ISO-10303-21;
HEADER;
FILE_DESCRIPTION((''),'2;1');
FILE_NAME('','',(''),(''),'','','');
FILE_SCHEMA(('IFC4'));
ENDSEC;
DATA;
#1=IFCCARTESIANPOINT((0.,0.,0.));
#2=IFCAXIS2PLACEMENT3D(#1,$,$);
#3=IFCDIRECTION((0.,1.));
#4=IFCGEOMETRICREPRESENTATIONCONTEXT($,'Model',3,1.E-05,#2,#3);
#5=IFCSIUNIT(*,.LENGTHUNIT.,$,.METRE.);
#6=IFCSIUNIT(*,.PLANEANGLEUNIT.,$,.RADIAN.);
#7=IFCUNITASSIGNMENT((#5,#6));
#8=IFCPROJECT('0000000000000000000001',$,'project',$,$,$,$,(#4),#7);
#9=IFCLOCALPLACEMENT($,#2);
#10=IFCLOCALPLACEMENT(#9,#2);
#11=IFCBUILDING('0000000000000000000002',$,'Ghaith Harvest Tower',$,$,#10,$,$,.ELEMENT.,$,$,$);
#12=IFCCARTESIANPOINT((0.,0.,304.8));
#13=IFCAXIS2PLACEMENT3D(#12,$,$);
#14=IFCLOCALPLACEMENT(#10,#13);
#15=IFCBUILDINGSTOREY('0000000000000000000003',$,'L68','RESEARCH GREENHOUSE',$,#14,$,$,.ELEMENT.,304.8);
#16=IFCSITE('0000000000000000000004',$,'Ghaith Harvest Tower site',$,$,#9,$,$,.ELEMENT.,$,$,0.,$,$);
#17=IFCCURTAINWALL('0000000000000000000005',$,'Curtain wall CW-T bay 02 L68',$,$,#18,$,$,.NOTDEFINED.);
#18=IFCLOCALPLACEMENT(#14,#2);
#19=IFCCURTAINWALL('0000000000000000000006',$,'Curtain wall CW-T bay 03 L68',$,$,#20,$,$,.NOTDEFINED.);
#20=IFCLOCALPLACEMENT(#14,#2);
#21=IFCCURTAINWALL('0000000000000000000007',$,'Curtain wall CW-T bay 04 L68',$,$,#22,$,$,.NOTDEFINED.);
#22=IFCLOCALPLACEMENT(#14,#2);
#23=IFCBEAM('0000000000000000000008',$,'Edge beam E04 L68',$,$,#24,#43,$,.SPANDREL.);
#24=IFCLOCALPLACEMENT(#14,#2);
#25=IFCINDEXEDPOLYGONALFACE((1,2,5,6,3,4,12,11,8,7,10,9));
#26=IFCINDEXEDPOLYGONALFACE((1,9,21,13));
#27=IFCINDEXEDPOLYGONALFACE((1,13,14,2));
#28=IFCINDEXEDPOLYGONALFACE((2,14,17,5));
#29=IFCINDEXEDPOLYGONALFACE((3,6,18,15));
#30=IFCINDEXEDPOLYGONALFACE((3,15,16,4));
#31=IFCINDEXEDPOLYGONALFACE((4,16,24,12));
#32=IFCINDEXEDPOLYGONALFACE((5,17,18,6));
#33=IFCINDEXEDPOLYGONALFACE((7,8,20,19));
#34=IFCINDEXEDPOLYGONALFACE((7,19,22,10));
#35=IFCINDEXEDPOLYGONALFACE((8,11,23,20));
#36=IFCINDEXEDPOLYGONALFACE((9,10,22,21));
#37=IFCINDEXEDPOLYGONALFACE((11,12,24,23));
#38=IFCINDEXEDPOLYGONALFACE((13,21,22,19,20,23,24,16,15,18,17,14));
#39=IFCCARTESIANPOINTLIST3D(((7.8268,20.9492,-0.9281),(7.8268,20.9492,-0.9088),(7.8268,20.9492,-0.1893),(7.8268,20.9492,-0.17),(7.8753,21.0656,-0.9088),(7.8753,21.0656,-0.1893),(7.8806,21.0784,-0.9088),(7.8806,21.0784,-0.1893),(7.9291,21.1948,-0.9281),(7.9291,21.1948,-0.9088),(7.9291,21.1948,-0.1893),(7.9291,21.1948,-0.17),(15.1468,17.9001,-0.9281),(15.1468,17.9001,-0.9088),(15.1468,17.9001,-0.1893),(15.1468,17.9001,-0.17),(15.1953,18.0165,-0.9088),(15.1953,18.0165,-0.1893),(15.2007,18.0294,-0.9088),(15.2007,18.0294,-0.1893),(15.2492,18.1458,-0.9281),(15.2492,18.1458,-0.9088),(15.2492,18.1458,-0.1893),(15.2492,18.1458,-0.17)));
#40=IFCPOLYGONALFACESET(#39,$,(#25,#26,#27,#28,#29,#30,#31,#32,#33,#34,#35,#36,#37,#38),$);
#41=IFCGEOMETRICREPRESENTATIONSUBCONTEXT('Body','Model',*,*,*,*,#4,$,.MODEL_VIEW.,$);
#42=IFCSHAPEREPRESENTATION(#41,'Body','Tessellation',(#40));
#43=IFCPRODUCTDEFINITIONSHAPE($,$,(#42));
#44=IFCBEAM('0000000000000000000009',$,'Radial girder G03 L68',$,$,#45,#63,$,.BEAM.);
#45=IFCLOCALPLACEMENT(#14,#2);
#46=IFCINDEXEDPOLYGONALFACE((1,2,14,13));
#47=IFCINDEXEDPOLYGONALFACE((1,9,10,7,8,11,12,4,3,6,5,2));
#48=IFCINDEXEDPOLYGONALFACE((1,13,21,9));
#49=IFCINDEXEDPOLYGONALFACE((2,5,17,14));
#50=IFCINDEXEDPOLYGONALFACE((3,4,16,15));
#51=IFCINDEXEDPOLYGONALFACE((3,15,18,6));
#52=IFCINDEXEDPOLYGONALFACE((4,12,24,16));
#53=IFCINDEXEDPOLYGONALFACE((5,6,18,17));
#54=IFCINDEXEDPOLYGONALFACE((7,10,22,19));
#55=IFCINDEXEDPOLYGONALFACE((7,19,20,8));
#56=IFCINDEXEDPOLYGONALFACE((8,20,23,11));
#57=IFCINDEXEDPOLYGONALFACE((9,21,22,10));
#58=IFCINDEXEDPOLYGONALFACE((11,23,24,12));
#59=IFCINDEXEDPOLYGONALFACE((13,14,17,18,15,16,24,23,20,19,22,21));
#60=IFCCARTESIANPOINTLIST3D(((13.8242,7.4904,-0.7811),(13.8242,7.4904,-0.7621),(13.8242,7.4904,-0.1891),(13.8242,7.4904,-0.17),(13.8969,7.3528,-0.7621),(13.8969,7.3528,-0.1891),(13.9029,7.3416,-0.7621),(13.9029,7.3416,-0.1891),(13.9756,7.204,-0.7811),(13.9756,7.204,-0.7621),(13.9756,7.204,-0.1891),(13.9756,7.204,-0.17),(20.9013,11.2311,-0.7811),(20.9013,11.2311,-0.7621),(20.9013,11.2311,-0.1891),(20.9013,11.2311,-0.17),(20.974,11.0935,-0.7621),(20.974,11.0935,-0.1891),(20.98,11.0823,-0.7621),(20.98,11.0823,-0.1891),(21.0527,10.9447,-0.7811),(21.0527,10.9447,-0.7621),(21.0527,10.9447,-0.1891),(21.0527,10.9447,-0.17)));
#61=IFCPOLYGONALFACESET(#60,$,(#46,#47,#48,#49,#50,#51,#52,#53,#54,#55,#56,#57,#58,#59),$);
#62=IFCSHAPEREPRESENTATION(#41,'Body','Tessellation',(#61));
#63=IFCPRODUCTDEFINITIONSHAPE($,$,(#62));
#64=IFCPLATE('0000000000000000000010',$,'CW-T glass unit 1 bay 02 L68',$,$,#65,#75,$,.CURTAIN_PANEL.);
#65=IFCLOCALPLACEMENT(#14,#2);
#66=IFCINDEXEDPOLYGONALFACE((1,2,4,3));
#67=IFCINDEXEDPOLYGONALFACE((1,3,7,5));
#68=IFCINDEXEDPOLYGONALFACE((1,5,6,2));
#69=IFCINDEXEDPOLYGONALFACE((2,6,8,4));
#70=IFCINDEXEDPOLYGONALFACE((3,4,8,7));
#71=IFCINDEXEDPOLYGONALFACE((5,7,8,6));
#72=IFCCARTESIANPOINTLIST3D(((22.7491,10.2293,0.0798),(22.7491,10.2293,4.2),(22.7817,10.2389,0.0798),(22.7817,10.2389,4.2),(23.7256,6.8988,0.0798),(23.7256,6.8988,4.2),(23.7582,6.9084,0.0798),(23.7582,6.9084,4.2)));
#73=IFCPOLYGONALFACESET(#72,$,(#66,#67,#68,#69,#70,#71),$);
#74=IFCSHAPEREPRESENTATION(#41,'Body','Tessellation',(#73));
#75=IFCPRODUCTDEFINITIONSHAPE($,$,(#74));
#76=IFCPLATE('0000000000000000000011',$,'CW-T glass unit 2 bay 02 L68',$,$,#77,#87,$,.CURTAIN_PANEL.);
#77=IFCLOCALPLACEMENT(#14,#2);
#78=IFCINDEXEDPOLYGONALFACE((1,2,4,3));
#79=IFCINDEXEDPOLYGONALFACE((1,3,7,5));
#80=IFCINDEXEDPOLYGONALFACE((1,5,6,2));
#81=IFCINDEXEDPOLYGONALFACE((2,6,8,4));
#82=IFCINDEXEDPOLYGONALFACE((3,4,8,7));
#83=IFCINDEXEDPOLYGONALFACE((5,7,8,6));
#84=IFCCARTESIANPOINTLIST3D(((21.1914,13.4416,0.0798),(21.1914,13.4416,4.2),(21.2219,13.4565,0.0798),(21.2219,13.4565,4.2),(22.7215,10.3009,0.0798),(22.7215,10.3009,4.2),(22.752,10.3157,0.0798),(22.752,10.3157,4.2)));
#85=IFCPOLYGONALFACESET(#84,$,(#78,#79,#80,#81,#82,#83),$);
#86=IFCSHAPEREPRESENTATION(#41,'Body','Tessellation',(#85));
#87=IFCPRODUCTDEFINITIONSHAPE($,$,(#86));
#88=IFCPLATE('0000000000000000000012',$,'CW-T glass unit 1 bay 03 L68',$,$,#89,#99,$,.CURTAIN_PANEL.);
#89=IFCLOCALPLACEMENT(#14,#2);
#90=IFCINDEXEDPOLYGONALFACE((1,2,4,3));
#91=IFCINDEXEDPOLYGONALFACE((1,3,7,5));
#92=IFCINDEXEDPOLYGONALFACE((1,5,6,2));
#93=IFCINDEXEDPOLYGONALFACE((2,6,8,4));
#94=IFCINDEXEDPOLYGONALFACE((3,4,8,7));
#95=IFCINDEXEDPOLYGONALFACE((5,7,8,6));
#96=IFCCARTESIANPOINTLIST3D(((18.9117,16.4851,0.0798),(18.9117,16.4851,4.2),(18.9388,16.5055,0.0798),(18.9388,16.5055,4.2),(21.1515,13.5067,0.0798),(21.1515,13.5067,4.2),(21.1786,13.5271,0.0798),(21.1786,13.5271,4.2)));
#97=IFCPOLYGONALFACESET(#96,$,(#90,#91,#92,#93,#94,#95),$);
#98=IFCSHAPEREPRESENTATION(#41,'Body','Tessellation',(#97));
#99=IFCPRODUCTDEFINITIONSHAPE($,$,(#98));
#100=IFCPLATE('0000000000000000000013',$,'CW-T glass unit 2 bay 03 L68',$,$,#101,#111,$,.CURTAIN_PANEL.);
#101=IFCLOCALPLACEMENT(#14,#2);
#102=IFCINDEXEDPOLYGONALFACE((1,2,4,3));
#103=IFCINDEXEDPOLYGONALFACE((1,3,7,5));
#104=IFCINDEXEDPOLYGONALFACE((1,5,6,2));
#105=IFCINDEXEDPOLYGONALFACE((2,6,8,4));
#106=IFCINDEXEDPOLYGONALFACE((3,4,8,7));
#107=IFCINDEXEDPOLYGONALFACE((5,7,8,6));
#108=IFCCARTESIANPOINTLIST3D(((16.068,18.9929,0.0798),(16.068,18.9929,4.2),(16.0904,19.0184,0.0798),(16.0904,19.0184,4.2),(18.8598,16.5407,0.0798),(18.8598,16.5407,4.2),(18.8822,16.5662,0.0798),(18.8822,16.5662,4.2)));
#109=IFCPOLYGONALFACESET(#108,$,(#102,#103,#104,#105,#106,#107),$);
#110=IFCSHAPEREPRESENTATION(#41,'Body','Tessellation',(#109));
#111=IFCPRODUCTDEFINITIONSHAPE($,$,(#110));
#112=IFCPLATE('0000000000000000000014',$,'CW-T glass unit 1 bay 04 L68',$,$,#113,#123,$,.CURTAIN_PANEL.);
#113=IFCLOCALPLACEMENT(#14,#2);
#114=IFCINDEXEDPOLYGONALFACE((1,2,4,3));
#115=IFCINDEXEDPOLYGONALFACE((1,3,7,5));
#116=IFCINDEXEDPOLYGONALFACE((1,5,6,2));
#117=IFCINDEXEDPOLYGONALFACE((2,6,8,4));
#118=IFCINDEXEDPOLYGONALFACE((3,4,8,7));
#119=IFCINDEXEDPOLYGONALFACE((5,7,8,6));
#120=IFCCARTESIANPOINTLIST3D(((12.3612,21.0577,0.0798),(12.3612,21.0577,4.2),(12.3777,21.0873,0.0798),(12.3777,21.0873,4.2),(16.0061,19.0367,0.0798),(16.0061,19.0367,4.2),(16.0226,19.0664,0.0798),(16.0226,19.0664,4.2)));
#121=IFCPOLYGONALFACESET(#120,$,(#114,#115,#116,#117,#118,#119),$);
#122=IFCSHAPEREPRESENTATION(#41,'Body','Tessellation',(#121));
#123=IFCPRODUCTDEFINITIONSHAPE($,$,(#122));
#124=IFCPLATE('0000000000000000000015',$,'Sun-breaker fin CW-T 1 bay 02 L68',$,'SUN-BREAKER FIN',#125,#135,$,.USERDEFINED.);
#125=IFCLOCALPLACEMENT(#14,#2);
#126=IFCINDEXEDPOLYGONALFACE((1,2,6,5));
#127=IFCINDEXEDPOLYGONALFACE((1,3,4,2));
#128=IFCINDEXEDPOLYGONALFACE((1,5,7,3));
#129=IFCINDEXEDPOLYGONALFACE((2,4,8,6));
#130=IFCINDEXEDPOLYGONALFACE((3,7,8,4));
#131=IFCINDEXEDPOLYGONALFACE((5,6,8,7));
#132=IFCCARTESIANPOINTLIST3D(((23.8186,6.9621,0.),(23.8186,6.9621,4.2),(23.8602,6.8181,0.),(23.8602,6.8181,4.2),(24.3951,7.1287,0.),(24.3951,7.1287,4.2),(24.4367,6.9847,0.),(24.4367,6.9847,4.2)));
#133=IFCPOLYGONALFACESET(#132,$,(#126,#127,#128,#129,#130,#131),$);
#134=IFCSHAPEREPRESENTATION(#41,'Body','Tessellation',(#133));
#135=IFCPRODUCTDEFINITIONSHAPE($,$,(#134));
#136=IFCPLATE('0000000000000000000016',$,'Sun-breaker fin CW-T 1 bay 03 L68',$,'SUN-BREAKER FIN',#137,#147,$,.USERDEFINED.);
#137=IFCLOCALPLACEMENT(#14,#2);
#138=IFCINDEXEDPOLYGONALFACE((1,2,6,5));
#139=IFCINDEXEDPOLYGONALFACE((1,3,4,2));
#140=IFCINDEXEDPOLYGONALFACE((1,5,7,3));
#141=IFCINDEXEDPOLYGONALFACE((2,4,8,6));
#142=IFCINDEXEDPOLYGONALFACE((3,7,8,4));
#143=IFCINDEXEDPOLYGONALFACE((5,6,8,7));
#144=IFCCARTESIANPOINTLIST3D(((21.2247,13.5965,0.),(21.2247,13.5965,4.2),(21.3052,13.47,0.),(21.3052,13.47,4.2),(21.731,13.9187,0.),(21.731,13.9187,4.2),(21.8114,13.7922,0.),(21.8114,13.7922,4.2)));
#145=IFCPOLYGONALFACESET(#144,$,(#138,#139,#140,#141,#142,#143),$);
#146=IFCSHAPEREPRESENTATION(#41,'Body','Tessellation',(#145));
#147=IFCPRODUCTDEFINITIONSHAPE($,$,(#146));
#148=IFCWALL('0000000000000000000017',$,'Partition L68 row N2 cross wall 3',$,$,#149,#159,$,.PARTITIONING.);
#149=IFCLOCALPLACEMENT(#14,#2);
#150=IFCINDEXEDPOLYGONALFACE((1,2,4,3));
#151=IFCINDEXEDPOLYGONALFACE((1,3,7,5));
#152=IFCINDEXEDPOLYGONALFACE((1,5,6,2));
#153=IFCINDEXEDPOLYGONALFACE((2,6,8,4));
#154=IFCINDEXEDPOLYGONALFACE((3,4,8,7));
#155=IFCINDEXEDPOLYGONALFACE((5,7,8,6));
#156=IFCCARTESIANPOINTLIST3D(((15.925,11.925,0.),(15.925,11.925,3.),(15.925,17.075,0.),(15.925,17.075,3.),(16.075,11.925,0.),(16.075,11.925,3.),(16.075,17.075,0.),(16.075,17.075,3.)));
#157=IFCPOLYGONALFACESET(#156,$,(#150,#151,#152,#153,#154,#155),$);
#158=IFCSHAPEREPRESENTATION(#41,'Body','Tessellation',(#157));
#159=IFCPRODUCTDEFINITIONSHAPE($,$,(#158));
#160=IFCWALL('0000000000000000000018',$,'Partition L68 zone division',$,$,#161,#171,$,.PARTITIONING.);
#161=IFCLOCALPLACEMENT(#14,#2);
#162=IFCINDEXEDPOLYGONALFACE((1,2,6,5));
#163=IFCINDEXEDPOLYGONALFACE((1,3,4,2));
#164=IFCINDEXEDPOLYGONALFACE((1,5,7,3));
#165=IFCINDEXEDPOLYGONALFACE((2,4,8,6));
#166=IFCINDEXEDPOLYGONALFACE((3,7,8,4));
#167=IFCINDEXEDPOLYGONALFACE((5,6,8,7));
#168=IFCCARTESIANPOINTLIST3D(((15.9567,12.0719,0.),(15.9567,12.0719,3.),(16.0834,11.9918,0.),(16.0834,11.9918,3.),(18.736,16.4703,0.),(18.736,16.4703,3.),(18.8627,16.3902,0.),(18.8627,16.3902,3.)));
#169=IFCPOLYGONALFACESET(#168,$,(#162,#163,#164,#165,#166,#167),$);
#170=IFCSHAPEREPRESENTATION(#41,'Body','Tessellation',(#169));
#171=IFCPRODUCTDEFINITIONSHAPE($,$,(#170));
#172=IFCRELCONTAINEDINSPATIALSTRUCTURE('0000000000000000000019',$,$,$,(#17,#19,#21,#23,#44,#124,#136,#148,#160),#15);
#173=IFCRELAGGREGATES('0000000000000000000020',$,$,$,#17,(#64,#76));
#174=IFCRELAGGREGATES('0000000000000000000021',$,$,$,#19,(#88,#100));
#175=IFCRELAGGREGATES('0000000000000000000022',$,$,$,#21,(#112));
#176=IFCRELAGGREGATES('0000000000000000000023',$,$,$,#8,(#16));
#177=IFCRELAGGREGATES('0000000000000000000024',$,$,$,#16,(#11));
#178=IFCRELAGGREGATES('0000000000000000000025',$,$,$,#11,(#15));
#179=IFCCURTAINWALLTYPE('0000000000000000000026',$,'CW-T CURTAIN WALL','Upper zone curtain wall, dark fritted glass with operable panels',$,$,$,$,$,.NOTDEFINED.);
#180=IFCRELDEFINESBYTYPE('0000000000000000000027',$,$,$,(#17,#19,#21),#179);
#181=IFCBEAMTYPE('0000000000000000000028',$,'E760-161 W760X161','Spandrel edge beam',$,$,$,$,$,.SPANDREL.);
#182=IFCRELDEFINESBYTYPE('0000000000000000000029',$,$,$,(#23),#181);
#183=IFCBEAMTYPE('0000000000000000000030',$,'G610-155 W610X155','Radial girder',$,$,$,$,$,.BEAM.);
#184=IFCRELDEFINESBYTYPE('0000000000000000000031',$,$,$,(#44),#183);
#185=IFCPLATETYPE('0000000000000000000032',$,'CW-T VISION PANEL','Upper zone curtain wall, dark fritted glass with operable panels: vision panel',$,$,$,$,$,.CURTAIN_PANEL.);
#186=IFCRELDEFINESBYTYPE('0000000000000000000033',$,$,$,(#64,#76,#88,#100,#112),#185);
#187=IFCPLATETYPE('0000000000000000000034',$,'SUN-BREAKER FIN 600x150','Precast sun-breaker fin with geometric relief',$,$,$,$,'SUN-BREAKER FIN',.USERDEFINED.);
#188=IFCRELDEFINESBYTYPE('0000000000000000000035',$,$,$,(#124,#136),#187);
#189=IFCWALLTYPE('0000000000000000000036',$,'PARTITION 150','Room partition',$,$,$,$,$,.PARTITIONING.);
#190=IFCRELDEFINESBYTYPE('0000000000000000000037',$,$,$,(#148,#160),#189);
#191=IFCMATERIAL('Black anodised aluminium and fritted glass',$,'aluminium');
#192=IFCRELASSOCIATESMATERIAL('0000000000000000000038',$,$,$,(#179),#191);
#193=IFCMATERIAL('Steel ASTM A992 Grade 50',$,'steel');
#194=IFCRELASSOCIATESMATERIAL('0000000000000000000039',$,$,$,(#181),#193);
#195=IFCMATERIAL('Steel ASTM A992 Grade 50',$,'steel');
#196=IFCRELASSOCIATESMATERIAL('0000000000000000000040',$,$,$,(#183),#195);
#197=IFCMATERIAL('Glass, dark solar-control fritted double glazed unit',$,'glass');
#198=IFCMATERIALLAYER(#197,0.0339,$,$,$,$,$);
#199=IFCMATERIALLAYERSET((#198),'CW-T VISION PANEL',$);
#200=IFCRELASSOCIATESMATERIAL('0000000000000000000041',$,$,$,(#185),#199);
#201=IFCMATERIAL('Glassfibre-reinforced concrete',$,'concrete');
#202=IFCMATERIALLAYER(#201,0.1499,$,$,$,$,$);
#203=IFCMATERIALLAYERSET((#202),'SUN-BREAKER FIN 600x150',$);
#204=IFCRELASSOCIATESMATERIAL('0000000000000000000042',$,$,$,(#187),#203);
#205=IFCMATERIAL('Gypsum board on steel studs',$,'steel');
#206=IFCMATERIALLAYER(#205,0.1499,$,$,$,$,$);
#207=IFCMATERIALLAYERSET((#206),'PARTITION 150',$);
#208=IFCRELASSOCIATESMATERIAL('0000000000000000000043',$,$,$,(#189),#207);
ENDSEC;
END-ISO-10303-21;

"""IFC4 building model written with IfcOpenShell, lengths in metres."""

from ifc_helpers import new_model, si_unit, direction, frame, frame_2d, origin, origin_2d, place, context, subcontext, project, spatial, rectangle, i_section, extrude, material, layer, layer_set, material_profile, profile_set, type_object, element, aggregate, save


model = new_model("IFC4")

# Units and contexts
model_context = context("Model", 3, precision=1e-05, world=origin(), true_north=direction((0.0, 1.0)))
body_context = subcontext(model_context, "Body", "Model", "MODEL_VIEW")
ifc_project = project(units=[si_unit("LENGTHUNIT", "METRE"), si_unit("PLANEANGLEUNIT", "RADIAN")], contexts=[model_context])

# Site, building, storey
site_placement = place(None, origin())
site = spatial("IfcSite", under=ifc_project, at=site_placement, Name="Ghaith Harvest Tower site", CompositionType="ELEMENT", RefElevation=0.0)
building_placement = place(site_placement, origin())
building = spatial("IfcBuilding", under=site, at=building_placement, Name="Ghaith Harvest Tower", CompositionType="ELEMENT")
storey_placement = place(building_placement, frame((0.0, 0.0, 304.8)))
storey = spatial("IfcBuildingStorey", under=building, at=storey_placement, Name="L68", Description="RESEARCH GREENHOUSE", CompositionType="ELEMENT", Elevation=304.8)

# Curtain walls
ifc_material_1 = material(Name="Black anodised aluminium and fritted glass", Category="aluminium")
curtain_wall_type = type_object("IfcCurtainWallType", Name="CW-T CURTAIN WALL", Description="Upper zone curtain wall, dark fritted glass with operable panels", PredefinedType="NOTDEFINED", material=ifc_material_1)
curtain_wall_1_placement = place(storey_placement, origin())
curtain_wall_1 = element("IfcCurtainWall", 1, at=curtain_wall_1_placement, inside=storey, type_object=curtain_wall_type, Name="Curtain wall CW-T bay 02 L68", PredefinedType="NOTDEFINED")
curtain_wall_2_placement = place(storey_placement, origin())
curtain_wall_2 = element("IfcCurtainWall", 2, at=curtain_wall_2_placement, inside=storey, type_object=curtain_wall_type, Name="Curtain wall CW-T bay 03 L68", PredefinedType="NOTDEFINED")

# Curtain wall
curtain_wall_3_placement = place(storey_placement, origin())
curtain_wall_3 = element("IfcCurtainWall", 3, at=curtain_wall_3_placement, inside=storey, type_object=curtain_wall_type, Name="Curtain wall CW-T bay 04 L68", PredefinedType="NOTDEFINED")

# Beams
ifc_material_2 = material(Name="Steel ASTM A992 Grade 50", Category="steel")
ifc_material_profile_1 = material_profile(ifc_material_2, i_section(OverallWidth=0.2661, OverallDepth=0.7581, WebThickness=0.0139, FlangeThickness=0.0193, at=origin_2d()), Name="W760X161")
ifc_profile_set_1 = profile_set([ifc_material_profile_1], Name="Steel ASTM A992 Grade 50")
beam_type_1 = type_object("IfcBeamType", Name="E760-161 W760X161", Description="Spandrel edge beam", PredefinedType="SPANDREL", material=ifc_profile_set_1)
beam_1_placement = place(storey_placement, frame((15.198, 18.0229, -0.5491), z_axis=(-0.92312, 0.384513, 0.0), x_axis=(-0.384513, -0.92312, 0.0)))
element("IfcBeam", 4, at=beam_1_placement, inside=storey, type_object=beam_type_1, Name="Edge beam E04 L68", PredefinedType="SPANDREL", context=body_context, shape_type="SweptSolid", body=[
    extrude(i_section(OverallWidth=0.2661, OverallDepth=0.7581, WebThickness=0.0139, FlangeThickness=0.0193, at=origin_2d()), origin(), (0.0, 0.0, 1.0), 7.9297),
])
ifc_material_3 = material(Name="Steel ASTM A992 Grade 50", Category="steel")
ifc_material_profile_2 = material_profile(ifc_material_3, i_section(OverallWidth=0.324, OverallDepth=0.6111, WebThickness=0.0127, FlangeThickness=0.019, at=origin_2d()), Name="W610X155")
ifc_profile_set_2 = profile_set([ifc_material_profile_2], Name="Steel ASTM A992 Grade 50")
beam_type_2 = type_object("IfcBeamType", Name="G610-155 W610X155", Description="Radial girder", PredefinedType="BEAM", material=ifc_profile_set_2)
beam_2_placement = place(storey_placement, frame((13.8999, 7.3472, -0.4756), z_axis=(0.884098, 0.467302, 0.0), x_axis=(-0.467302, 0.884098, 0.0)))
element("IfcBeam", 5, at=beam_2_placement, inside=storey, type_object=beam_type_2, Name="Radial girder G03 L68", PredefinedType="BEAM", context=body_context, shape_type="SweptSolid", body=[
    extrude(i_section(OverallWidth=0.324, OverallDepth=0.6111, WebThickness=0.0127, FlangeThickness=0.019, at=origin_2d()), origin(), (0.0, 0.0, 1.0), 8.0049),
])

# Plates
ifc_material_4 = material(Name="Glass, dark solar-control fritted double glazed unit", Category="glass")
ifc_layer_1 = layer(ifc_material_4, 0.0339)
ifc_layer_set_1 = layer_set([ifc_layer_1], Name="CW-T VISION PANEL")
plate_type_1 = type_object("IfcPlateType", Name="CW-T VISION PANEL", Description="Upper zone curtain wall, dark fritted glass with operable panels: vision panel", PredefinedType="CURTAIN_PANEL", material=ifc_layer_set_1)
plate_1_placement = place(storey_placement, frame((23.2537, 8.5688, 0.0798), z_axis=(0.0, 0.0, 1.0), x_axis=(-0.281345, 0.959607, 0.0)))
plate_1 = element("IfcPlate", 6, at=plate_1_placement, type_object=plate_type_1, Name="CW-T glass unit 1 bay 02 L68", PredefinedType="CURTAIN_PANEL", context=body_context, shape_type="SweptSolid", body=[
    extrude(rectangle(XDim=3.4707, YDim=0.0339, at=origin_2d()), origin(), (0.0, 0.0, 1.0), 4.1201),
])
plate_2_placement = place(storey_placement, frame((21.9717, 11.8787, 0.0798), z_axis=(0.0, 0.0, 1.0), x_axis=(-0.437968, 0.89899, 0.0)))
plate_2 = element("IfcPlate", 7, at=plate_2_placement, type_object=plate_type_1, Name="CW-T glass unit 2 bay 02 L68", PredefinedType="CURTAIN_PANEL", context=body_context, shape_type="SweptSolid", body=[
    extrude(rectangle(XDim=3.4937, YDim=0.0339, at=origin_2d()), origin(), (0.0, 0.0, 1.0), 4.1201),
])
aggregate(curtain_wall_1, [plate_1, plate_2])
plate_3_placement = place(storey_placement, frame((20.0452, 15.0061, 0.0798), z_axis=(0.0, 0.0, 1.0), x_axis=(-0.601048, 0.799213, 0.0)))
plate_3 = element("IfcPlate", 8, at=plate_3_placement, type_object=plate_type_1, Name="CW-T glass unit 1 bay 03 L68", PredefinedType="CURTAIN_PANEL", context=body_context, shape_type="SweptSolid", body=[
    extrude(rectangle(XDim=3.7266, YDim=0.0339, at=origin_2d()), origin(), (0.0, 0.0, 1.0), 4.1201),
])
plate_4_placement = place(storey_placement, frame((17.4751, 17.7795, 0.0798), z_axis=(0.0, 0.0, 1.0), x_axis=(-0.751335, 0.659922, 0.0)))
plate_4 = element("IfcPlate", 9, at=plate_4_placement, type_object=plate_type_1, Name="CW-T glass unit 2 bay 03 L68", PredefinedType="CURTAIN_PANEL", context=body_context, shape_type="SweptSolid", body=[
    extrude(rectangle(XDim=3.7158, YDim=0.0339, at=origin_2d()), origin(), (0.0, 0.0, 1.0), 4.1201),
])
aggregate(curtain_wall_2, [plate_3, plate_4])
plate_5_placement = place(storey_placement, frame((14.1919, 20.062, 0.0798), z_axis=(0.0, 0.0, 1.0), x_axis=(-0.874564, 0.48491, 0.0)))
plate_5 = element("IfcPlate", 10, at=plate_5_placement, type_object=plate_type_1, Name="CW-T glass unit 1 bay 04 L68", PredefinedType="CURTAIN_PANEL", context=body_context, shape_type="SweptSolid", body=[
    extrude(rectangle(XDim=4.1677, YDim=0.0339, at=origin_2d()), origin(), (0.0, 0.0, 1.0), 4.1201),
])
aggregate(curtain_wall_3, [plate_5])

# Plates
ifc_material_5 = material(Name="Glassfibre-reinforced concrete", Category="concrete")
ifc_layer_2 = layer(ifc_material_5, 0.1499)
ifc_layer_set_2 = layer_set([ifc_layer_2], Name="SUN-BREAKER FIN 600x150")
plate_type_2 = type_object("IfcPlateType", Name="SUN-BREAKER FIN 600x150", Description="Precast sun-breaker fin with geometric relief", ElementType="SUN-BREAKER FIN", PredefinedType="USERDEFINED", material=ifc_layer_set_2)
for number, where, z_axis, x_axis, name in (
    (11, (24.1277, 6.9734, 0.0), (0.0, 0.0, 1.0), (0.96068, 0.277657, 0.0), "Sun-breaker fin CW-T 1 bay 02 L68"),
    (12, (21.5181, 13.6943, 0.0), (0.0, 0.0, 1.0), (0.843644, 0.536903, 0.0), "Sun-breaker fin CW-T 1 bay 03 L68"),
):
    element("IfcPlate", number, at=place(storey_placement, frame(where, z_axis=z_axis, x_axis=x_axis)), inside=storey, type_object=plate_type_2, Name=name, ObjectType="SUN-BREAKER FIN", PredefinedType="USERDEFINED", context=body_context, shape_type="SweptSolid", body=[
        extrude(rectangle(XDim=0.6001, YDim=0.1499, at=origin_2d()), origin(), (0.0, 0.0, 1.0), 4.2),
    ])

# Walls
ifc_material_6 = material(Name="Gypsum board on steel studs", Category="steel")
ifc_layer_3 = layer(ifc_material_6, 0.1499)
ifc_layer_set_3 = layer_set([ifc_layer_3], Name="PARTITION 150")
wall_type_1 = type_object("IfcWallType", Name="PARTITION 150", Description="Room partition", PredefinedType="PARTITIONING", material=ifc_layer_set_3)
wall_1_placement = place(storey_placement, frame((16.0, 11.925, 0.0), z_axis=(0.0, 0.0, 1.0), x_axis=(0.0, 1.0, 0.0)))
element("IfcWall", 13, at=wall_1_placement, inside=storey, type_object=wall_type_1, Name="Partition L68 row N2 cross wall 3", PredefinedType="PARTITIONING", context=body_context, shape_type="SweptSolid", body=[
    extrude(rectangle(XDim=5.1499, YDim=0.1499, at=frame_2d((2.575, 0.0))), origin(), (0.0, 0.0, 1.0), 3.0),
])
wall_2_placement = place(storey_placement, frame((16.02, 12.0317, 0.0), z_axis=(0.0, 0.0, 1.0), x_axis=(0.534177, 0.845373, 0.0)))
element("IfcWall", 14, at=wall_2_placement, inside=storey, type_object=wall_type_1, Name="Partition L68 zone division", PredefinedType="PARTITIONING", context=body_context, shape_type="SweptSolid", body=[
    extrude(rectangle(XDim=5.2029, YDim=0.1499, at=frame_2d((2.6016, 0.0))), origin(), (0.0, 0.0, 1.0), 3.0),
])

save(model, "model.ifc")
